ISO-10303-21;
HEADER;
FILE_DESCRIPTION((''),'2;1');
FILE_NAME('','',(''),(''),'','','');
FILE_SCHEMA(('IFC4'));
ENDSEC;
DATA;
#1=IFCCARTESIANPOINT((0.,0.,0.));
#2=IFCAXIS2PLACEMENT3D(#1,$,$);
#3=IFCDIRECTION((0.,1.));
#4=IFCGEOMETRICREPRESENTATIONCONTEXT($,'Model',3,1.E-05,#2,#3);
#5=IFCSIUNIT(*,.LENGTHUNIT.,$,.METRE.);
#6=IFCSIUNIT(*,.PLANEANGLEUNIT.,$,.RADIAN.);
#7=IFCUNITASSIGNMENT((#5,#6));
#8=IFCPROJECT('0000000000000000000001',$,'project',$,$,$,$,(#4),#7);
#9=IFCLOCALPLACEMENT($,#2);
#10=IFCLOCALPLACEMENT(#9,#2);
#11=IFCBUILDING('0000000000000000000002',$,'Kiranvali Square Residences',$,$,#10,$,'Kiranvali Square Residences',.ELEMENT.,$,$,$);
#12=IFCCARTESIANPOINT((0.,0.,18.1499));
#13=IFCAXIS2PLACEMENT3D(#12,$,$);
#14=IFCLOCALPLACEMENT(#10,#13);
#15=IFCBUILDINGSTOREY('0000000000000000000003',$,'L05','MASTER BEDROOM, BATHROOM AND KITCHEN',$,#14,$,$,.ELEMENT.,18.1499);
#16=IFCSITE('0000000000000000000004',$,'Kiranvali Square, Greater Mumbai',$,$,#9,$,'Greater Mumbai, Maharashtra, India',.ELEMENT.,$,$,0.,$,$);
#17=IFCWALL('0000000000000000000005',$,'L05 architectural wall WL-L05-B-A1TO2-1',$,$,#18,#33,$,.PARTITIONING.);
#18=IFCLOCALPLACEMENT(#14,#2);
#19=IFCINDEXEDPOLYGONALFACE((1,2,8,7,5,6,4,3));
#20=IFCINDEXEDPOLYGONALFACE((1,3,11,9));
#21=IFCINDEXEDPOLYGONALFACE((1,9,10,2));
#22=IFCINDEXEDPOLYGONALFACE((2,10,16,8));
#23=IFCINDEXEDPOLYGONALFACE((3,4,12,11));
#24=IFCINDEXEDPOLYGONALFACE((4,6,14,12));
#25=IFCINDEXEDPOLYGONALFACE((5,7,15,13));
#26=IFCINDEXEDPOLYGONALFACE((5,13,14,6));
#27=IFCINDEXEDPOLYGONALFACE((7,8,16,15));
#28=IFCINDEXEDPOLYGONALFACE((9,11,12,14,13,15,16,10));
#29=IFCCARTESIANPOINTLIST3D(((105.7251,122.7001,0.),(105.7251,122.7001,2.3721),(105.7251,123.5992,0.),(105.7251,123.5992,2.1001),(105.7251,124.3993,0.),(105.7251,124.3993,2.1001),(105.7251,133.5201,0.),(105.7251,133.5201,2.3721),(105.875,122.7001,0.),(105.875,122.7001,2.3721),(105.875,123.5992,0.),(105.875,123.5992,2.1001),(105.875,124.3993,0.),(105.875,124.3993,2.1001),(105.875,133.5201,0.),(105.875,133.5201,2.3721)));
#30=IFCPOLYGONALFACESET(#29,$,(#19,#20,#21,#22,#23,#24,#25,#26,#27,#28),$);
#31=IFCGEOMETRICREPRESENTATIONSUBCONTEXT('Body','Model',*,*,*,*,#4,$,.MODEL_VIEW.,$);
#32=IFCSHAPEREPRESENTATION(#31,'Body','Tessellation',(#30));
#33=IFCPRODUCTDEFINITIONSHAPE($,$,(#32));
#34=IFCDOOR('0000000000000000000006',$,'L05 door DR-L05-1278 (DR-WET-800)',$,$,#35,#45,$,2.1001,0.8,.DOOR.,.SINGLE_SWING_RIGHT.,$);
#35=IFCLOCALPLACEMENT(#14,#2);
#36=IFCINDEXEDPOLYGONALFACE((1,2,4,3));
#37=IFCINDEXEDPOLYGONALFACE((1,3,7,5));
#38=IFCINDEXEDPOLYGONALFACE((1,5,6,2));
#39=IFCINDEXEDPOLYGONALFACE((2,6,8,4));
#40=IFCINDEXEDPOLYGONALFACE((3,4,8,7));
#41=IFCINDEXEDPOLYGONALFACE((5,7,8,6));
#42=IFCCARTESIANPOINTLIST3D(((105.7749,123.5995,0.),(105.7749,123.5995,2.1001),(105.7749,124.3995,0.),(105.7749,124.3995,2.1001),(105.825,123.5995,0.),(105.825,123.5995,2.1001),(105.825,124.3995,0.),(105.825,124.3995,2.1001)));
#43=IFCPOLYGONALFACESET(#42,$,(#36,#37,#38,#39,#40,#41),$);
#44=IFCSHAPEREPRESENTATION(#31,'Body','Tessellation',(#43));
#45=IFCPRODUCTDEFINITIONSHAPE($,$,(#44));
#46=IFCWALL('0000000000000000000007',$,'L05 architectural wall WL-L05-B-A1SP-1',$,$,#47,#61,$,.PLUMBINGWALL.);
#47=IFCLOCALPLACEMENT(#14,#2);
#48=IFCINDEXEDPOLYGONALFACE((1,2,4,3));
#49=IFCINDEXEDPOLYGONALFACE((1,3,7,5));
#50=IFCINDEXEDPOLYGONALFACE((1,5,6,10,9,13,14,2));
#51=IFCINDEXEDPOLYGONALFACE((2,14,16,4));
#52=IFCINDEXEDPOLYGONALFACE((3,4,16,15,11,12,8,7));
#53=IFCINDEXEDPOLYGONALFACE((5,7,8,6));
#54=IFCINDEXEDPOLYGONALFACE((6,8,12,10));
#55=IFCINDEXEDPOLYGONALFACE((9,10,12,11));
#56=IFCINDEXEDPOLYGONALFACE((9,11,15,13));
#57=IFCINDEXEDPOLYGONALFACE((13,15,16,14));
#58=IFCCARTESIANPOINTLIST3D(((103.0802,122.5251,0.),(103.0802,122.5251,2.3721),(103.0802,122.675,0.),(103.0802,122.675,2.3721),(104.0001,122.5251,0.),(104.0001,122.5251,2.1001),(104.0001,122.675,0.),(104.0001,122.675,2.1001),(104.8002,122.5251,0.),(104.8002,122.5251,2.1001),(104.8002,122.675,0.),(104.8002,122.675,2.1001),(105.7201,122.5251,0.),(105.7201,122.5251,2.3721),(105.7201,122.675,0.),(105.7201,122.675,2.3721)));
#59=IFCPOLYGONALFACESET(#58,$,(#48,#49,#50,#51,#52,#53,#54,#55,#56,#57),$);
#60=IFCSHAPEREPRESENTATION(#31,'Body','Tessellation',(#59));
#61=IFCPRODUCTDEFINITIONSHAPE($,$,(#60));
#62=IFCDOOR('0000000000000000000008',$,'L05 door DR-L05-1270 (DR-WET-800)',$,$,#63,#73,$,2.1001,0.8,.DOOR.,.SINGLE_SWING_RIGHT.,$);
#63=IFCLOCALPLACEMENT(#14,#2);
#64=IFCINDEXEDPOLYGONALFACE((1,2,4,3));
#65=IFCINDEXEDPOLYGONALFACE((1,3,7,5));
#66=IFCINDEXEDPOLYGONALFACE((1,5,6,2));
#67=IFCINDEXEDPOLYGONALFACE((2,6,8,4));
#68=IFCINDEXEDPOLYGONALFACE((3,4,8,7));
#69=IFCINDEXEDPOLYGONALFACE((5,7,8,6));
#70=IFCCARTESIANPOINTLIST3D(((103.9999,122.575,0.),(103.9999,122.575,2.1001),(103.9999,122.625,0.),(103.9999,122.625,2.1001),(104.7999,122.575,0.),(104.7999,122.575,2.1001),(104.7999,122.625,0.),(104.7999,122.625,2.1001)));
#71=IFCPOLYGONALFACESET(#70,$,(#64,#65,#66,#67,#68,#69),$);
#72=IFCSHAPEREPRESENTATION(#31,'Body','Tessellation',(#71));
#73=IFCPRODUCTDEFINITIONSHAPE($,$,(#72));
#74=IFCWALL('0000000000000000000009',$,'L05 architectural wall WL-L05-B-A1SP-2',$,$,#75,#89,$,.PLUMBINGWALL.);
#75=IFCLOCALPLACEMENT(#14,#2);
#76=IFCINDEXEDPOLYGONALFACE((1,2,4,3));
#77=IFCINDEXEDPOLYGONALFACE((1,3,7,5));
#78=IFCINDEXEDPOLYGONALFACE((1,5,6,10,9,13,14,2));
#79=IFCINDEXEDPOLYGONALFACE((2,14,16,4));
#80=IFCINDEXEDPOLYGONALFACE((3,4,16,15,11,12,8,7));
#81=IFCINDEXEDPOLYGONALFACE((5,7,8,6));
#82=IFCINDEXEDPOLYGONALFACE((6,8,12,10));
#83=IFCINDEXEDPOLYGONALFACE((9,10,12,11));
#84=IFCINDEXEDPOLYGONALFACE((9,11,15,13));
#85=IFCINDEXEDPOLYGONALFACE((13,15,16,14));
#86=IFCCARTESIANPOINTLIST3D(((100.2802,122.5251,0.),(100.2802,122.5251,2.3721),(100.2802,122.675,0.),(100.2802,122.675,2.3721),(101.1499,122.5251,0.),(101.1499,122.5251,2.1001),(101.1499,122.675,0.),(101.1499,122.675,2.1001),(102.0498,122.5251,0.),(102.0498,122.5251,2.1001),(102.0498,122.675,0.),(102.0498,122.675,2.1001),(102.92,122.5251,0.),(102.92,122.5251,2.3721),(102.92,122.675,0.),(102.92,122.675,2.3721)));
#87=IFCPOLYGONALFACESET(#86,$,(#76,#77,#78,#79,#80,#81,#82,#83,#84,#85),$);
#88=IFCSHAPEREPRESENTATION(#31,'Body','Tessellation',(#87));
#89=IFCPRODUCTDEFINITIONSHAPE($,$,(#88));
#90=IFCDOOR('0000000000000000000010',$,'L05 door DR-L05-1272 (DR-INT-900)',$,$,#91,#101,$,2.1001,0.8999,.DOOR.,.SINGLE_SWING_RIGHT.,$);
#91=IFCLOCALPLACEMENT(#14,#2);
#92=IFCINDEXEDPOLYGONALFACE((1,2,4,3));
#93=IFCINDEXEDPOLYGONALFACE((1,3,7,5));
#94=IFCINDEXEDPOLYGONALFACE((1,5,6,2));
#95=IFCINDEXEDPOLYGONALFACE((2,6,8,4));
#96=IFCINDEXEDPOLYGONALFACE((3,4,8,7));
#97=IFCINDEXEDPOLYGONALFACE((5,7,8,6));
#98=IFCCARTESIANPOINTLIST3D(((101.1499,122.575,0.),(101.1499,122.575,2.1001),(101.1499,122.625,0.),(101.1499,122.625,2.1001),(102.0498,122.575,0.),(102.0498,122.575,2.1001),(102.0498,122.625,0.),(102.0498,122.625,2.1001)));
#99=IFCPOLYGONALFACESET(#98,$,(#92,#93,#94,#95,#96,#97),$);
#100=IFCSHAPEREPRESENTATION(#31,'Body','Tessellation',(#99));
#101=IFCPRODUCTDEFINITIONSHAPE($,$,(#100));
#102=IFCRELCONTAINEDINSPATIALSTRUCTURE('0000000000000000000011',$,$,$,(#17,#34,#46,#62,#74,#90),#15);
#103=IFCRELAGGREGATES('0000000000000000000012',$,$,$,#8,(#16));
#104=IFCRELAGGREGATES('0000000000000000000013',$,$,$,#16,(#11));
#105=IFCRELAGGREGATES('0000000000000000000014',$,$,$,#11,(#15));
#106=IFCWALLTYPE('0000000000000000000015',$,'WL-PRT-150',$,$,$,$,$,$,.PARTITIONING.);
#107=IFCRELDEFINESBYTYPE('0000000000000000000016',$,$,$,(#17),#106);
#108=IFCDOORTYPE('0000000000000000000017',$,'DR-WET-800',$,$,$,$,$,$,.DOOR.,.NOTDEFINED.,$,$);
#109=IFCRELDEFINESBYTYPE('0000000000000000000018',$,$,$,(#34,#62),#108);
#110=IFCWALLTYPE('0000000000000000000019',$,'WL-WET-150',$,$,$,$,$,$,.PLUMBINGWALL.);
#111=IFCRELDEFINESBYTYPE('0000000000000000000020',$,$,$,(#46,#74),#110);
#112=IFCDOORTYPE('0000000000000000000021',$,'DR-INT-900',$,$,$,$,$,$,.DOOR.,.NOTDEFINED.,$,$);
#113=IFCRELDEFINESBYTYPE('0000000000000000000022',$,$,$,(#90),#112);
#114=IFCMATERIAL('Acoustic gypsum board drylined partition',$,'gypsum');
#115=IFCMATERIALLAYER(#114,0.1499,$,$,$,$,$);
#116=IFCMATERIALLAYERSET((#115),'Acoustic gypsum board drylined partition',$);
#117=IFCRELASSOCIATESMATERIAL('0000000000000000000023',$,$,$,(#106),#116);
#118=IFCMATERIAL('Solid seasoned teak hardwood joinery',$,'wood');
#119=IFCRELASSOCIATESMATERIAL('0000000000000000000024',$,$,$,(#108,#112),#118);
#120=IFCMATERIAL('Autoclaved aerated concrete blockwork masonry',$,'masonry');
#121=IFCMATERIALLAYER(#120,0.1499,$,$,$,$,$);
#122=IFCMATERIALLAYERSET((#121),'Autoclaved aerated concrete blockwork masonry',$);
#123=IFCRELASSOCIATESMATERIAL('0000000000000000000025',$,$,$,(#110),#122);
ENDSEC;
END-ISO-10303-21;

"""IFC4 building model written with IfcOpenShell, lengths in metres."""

from ifc_helpers import new_model, si_unit, direction, frame, frame_2d, origin, place, context, subcontext, project, spatial, rectangle, extrude, material, layer, layer_set, type_object, element, fill, save


model = new_model("IFC4")

# Units and contexts
model_context = context("Model", 3, precision=1e-05, world=origin(), true_north=direction((0.0, 1.0)))
body_context = subcontext(model_context, "Body", "Model", "MODEL_VIEW")
ifc_project = project(units=[si_unit("LENGTHUNIT", "METRE"), si_unit("PLANEANGLEUNIT", "RADIAN")], contexts=[model_context])

# Site, building, storey
site_placement = place(None, origin())
site = spatial("IfcSite", under=ifc_project, at=site_placement, Name="Kiranvali Square, Greater Mumbai", LongName="Greater Mumbai, Maharashtra, India", CompositionType="ELEMENT", RefElevation=0.0)
building_placement = place(site_placement, origin())
building = spatial("IfcBuilding", under=site, at=building_placement, Name="Kiranvali Square Residences", LongName="Kiranvali Square Residences", CompositionType="ELEMENT")
storey_placement = place(building_placement, frame((0.0, 0.0, 18.1499)))
storey = spatial("IfcBuildingStorey", under=building, at=storey_placement, Name="L05", Description="MASTER BEDROOM, BATHROOM AND KITCHEN", CompositionType="ELEMENT", Elevation=18.1499)

# Shared definitions
ifc_material_1 = material(Name="Autoclaved aerated concrete blockwork masonry", Category="masonry")

# Walls, openings, doors
ifc_material_2 = material(Name="Acoustic gypsum board drylined partition", Category="gypsum")
ifc_layer_1 = layer(ifc_material_2, 0.1499)
ifc_layer_set_1 = layer_set([ifc_layer_1], Name="Acoustic gypsum board drylined partition")
wall_type_1 = type_object("IfcWallType", Name="WL-PRT-150", PredefinedType="PARTITIONING", material=ifc_layer_set_1)
wall_1_placement = place(storey_placement, frame((105.8, 122.7, 0.0), z_axis=(0.0, 0.0, 1.0), x_axis=(0.0, 1.0, 0.0)))
wall_1 = element("IfcWall", 1, at=wall_1_placement, inside=storey, type_object=wall_type_1, Name="L05 architectural wall WL-L05-B-A1TO2-1", PredefinedType="PARTITIONING", context=body_context, shape_type="SweptSolid", body=[
    extrude(rectangle(XDim=10.8201, YDim=0.1499, at=frame_2d((5.4102, 0.0))), origin(), (0.0, 0.0, 1.0), 2.3721),
])
opening_1_placement = place(wall_1_placement, frame((0.8994, 0.0, 0.0)))
opening_1 = element("IfcOpeningElement", 2, at=opening_1_placement, cuts=wall_1, PredefinedType="OPENING", context=body_context, shape_type="SweptSolid", body=[
    extrude(rectangle(XDim=0.8, YDim=2.1001, at=frame_2d((0.3999, 1.05))), frame((0.0, 0.085, 0.0), z_axis=(0.0, -1.0, 0.0), x_axis=(1.0, 0.0, 0.0)), (0.0, 0.0, 1.0), 0.1699),
])
ifc_material_3 = material(Name="Solid seasoned teak hardwood joinery", Category="wood")
door_type_1 = type_object("IfcDoorType", Name="DR-WET-800", OperationType="NOTDEFINED", PredefinedType="DOOR", material=ifc_material_3)
door_1_placement = place(opening_1_placement, frame((0.8, 0.0, 0.0), z_axis=(0.0, 0.0, 1.0), x_axis=(-1.0, 0.0, 0.0)))
door_1 = element("IfcDoor", 3, at=door_1_placement, inside=storey, type_object=door_type_1, Name="L05 door DR-L05-1278 (DR-WET-800)", OperationType="SINGLE_SWING_RIGHT", OverallHeight=2.1001, OverallWidth=0.8, PredefinedType="DOOR", context=body_context, shape_type="SweptSolid", body=[
    extrude(rectangle(XDim=0.8, YDim=2.1001, at=frame_2d((0.3999, 1.05))), frame((0.0, 0.0249, 0.0), z_axis=(0.0, -1.0, 0.0), x_axis=(1.0, 0.0, 0.0)), (0.0, 0.0, 1.0), 0.05),
])
fill(opening_1, door_1)
ifc_layer_2 = layer(ifc_material_1, 0.1499)
ifc_layer_set_2 = layer_set([ifc_layer_2], Name="Autoclaved aerated concrete blockwork masonry")
wall_type_2 = type_object("IfcWallType", Name="WL-WET-150", PredefinedType="PLUMBINGWALL", material=ifc_layer_set_2)
wall_2_placement = place(storey_placement, frame((105.72, 122.6001, 0.0), z_axis=(0.0, 0.0, 1.0), x_axis=(-1.0, 0.0, 0.0)))
wall_2 = element("IfcWall", 4, at=wall_2_placement, inside=storey, type_object=wall_type_2, Name="L05 architectural wall WL-L05-B-A1SP-1", PredefinedType="PLUMBINGWALL", context=body_context, shape_type="SweptSolid", body=[
    extrude(rectangle(XDim=2.6399, YDim=0.1499, at=frame_2d((1.3198, 0.0))), origin(), (0.0, 0.0, 1.0), 2.3721),
])
opening_2_placement = place(wall_2_placement, frame((0.9199, 0.0, 0.0)))
opening_2 = element("IfcOpeningElement", 5, at=opening_2_placement, cuts=wall_2, PredefinedType="OPENING", context=body_context, shape_type="SweptSolid", body=[
    extrude(rectangle(XDim=0.8, YDim=2.1001, at=frame_2d((0.3999, 1.05))), frame((0.0, 0.085, 0.0), z_axis=(0.0, -1.0, 0.0), x_axis=(1.0, 0.0, 0.0)), (0.0, 0.0, 1.0), 0.1699),
])
door_2_placement = place(opening_2_placement, frame((0.8, 0.0, 0.0), z_axis=(0.0, 0.0, 1.0), x_axis=(-1.0, 0.0, 0.0)))
door_2 = element("IfcDoor", 6, at=door_2_placement, inside=storey, type_object=door_type_1, Name="L05 door DR-L05-1270 (DR-WET-800)", OperationType="SINGLE_SWING_RIGHT", OverallHeight=2.1001, OverallWidth=0.8, PredefinedType="DOOR", context=body_context, shape_type="SweptSolid", body=[
    extrude(rectangle(XDim=0.8, YDim=2.1001, at=frame_2d((0.3999, 1.05))), frame((0.0, 0.0249, 0.0), z_axis=(0.0, -1.0, 0.0), x_axis=(1.0, 0.0, 0.0)), (0.0, 0.0, 1.0), 0.05),
])
fill(opening_2, door_2)
wall_3_placement = place(storey_placement, frame((102.9199, 122.6001, 0.0), z_axis=(0.0, 0.0, 1.0), x_axis=(-1.0, 0.0, 0.0)))
wall_3 = element("IfcWall", 7, at=wall_3_placement, inside=storey, type_object=wall_type_2, Name="L05 architectural wall WL-L05-B-A1SP-2", PredefinedType="PLUMBINGWALL", context=body_context, shape_type="SweptSolid", body=[
    extrude(rectangle(XDim=2.6399, YDim=0.1499, at=frame_2d((1.3198, 0.0))), origin(), (0.0, 0.0, 1.0), 2.3721),
])
opening_3_placement = place(wall_3_placement, frame((0.8701, 0.0, 0.0)))
opening_3 = element("IfcOpeningElement", 8, at=opening_3_placement, cuts=wall_3, PredefinedType="OPENING", context=body_context, shape_type="SweptSolid", body=[
    extrude(rectangle(XDim=0.8999, YDim=2.1001, at=frame_2d((0.45, 1.05))), frame((0.0, 0.085, 0.0), z_axis=(0.0, -1.0, 0.0), x_axis=(1.0, 0.0, 0.0)), (0.0, 0.0, 1.0), 0.1699),
])
door_type_2 = type_object("IfcDoorType", Name="DR-INT-900", OperationType="NOTDEFINED", PredefinedType="DOOR", material=ifc_material_3)
door_3_placement = place(opening_3_placement, frame((0.8999, 0.0, 0.0), z_axis=(0.0, 0.0, 1.0), x_axis=(-1.0, 0.0, 0.0)))
door_3 = element("IfcDoor", 9, at=door_3_placement, inside=storey, type_object=door_type_2, Name="L05 door DR-L05-1272 (DR-INT-900)", OperationType="SINGLE_SWING_RIGHT", OverallHeight=2.1001, OverallWidth=0.8999, PredefinedType="DOOR", context=body_context, shape_type="SweptSolid", body=[
    extrude(rectangle(XDim=0.8999, YDim=2.1001, at=frame_2d((0.45, 1.05))), frame((0.0, 0.0249, 0.0), z_axis=(0.0, -1.0, 0.0), x_axis=(1.0, 0.0, 0.0)), (0.0, 0.0, 1.0), 0.05),
])
fill(opening_3, door_3)

save(model, "model.ifc")
